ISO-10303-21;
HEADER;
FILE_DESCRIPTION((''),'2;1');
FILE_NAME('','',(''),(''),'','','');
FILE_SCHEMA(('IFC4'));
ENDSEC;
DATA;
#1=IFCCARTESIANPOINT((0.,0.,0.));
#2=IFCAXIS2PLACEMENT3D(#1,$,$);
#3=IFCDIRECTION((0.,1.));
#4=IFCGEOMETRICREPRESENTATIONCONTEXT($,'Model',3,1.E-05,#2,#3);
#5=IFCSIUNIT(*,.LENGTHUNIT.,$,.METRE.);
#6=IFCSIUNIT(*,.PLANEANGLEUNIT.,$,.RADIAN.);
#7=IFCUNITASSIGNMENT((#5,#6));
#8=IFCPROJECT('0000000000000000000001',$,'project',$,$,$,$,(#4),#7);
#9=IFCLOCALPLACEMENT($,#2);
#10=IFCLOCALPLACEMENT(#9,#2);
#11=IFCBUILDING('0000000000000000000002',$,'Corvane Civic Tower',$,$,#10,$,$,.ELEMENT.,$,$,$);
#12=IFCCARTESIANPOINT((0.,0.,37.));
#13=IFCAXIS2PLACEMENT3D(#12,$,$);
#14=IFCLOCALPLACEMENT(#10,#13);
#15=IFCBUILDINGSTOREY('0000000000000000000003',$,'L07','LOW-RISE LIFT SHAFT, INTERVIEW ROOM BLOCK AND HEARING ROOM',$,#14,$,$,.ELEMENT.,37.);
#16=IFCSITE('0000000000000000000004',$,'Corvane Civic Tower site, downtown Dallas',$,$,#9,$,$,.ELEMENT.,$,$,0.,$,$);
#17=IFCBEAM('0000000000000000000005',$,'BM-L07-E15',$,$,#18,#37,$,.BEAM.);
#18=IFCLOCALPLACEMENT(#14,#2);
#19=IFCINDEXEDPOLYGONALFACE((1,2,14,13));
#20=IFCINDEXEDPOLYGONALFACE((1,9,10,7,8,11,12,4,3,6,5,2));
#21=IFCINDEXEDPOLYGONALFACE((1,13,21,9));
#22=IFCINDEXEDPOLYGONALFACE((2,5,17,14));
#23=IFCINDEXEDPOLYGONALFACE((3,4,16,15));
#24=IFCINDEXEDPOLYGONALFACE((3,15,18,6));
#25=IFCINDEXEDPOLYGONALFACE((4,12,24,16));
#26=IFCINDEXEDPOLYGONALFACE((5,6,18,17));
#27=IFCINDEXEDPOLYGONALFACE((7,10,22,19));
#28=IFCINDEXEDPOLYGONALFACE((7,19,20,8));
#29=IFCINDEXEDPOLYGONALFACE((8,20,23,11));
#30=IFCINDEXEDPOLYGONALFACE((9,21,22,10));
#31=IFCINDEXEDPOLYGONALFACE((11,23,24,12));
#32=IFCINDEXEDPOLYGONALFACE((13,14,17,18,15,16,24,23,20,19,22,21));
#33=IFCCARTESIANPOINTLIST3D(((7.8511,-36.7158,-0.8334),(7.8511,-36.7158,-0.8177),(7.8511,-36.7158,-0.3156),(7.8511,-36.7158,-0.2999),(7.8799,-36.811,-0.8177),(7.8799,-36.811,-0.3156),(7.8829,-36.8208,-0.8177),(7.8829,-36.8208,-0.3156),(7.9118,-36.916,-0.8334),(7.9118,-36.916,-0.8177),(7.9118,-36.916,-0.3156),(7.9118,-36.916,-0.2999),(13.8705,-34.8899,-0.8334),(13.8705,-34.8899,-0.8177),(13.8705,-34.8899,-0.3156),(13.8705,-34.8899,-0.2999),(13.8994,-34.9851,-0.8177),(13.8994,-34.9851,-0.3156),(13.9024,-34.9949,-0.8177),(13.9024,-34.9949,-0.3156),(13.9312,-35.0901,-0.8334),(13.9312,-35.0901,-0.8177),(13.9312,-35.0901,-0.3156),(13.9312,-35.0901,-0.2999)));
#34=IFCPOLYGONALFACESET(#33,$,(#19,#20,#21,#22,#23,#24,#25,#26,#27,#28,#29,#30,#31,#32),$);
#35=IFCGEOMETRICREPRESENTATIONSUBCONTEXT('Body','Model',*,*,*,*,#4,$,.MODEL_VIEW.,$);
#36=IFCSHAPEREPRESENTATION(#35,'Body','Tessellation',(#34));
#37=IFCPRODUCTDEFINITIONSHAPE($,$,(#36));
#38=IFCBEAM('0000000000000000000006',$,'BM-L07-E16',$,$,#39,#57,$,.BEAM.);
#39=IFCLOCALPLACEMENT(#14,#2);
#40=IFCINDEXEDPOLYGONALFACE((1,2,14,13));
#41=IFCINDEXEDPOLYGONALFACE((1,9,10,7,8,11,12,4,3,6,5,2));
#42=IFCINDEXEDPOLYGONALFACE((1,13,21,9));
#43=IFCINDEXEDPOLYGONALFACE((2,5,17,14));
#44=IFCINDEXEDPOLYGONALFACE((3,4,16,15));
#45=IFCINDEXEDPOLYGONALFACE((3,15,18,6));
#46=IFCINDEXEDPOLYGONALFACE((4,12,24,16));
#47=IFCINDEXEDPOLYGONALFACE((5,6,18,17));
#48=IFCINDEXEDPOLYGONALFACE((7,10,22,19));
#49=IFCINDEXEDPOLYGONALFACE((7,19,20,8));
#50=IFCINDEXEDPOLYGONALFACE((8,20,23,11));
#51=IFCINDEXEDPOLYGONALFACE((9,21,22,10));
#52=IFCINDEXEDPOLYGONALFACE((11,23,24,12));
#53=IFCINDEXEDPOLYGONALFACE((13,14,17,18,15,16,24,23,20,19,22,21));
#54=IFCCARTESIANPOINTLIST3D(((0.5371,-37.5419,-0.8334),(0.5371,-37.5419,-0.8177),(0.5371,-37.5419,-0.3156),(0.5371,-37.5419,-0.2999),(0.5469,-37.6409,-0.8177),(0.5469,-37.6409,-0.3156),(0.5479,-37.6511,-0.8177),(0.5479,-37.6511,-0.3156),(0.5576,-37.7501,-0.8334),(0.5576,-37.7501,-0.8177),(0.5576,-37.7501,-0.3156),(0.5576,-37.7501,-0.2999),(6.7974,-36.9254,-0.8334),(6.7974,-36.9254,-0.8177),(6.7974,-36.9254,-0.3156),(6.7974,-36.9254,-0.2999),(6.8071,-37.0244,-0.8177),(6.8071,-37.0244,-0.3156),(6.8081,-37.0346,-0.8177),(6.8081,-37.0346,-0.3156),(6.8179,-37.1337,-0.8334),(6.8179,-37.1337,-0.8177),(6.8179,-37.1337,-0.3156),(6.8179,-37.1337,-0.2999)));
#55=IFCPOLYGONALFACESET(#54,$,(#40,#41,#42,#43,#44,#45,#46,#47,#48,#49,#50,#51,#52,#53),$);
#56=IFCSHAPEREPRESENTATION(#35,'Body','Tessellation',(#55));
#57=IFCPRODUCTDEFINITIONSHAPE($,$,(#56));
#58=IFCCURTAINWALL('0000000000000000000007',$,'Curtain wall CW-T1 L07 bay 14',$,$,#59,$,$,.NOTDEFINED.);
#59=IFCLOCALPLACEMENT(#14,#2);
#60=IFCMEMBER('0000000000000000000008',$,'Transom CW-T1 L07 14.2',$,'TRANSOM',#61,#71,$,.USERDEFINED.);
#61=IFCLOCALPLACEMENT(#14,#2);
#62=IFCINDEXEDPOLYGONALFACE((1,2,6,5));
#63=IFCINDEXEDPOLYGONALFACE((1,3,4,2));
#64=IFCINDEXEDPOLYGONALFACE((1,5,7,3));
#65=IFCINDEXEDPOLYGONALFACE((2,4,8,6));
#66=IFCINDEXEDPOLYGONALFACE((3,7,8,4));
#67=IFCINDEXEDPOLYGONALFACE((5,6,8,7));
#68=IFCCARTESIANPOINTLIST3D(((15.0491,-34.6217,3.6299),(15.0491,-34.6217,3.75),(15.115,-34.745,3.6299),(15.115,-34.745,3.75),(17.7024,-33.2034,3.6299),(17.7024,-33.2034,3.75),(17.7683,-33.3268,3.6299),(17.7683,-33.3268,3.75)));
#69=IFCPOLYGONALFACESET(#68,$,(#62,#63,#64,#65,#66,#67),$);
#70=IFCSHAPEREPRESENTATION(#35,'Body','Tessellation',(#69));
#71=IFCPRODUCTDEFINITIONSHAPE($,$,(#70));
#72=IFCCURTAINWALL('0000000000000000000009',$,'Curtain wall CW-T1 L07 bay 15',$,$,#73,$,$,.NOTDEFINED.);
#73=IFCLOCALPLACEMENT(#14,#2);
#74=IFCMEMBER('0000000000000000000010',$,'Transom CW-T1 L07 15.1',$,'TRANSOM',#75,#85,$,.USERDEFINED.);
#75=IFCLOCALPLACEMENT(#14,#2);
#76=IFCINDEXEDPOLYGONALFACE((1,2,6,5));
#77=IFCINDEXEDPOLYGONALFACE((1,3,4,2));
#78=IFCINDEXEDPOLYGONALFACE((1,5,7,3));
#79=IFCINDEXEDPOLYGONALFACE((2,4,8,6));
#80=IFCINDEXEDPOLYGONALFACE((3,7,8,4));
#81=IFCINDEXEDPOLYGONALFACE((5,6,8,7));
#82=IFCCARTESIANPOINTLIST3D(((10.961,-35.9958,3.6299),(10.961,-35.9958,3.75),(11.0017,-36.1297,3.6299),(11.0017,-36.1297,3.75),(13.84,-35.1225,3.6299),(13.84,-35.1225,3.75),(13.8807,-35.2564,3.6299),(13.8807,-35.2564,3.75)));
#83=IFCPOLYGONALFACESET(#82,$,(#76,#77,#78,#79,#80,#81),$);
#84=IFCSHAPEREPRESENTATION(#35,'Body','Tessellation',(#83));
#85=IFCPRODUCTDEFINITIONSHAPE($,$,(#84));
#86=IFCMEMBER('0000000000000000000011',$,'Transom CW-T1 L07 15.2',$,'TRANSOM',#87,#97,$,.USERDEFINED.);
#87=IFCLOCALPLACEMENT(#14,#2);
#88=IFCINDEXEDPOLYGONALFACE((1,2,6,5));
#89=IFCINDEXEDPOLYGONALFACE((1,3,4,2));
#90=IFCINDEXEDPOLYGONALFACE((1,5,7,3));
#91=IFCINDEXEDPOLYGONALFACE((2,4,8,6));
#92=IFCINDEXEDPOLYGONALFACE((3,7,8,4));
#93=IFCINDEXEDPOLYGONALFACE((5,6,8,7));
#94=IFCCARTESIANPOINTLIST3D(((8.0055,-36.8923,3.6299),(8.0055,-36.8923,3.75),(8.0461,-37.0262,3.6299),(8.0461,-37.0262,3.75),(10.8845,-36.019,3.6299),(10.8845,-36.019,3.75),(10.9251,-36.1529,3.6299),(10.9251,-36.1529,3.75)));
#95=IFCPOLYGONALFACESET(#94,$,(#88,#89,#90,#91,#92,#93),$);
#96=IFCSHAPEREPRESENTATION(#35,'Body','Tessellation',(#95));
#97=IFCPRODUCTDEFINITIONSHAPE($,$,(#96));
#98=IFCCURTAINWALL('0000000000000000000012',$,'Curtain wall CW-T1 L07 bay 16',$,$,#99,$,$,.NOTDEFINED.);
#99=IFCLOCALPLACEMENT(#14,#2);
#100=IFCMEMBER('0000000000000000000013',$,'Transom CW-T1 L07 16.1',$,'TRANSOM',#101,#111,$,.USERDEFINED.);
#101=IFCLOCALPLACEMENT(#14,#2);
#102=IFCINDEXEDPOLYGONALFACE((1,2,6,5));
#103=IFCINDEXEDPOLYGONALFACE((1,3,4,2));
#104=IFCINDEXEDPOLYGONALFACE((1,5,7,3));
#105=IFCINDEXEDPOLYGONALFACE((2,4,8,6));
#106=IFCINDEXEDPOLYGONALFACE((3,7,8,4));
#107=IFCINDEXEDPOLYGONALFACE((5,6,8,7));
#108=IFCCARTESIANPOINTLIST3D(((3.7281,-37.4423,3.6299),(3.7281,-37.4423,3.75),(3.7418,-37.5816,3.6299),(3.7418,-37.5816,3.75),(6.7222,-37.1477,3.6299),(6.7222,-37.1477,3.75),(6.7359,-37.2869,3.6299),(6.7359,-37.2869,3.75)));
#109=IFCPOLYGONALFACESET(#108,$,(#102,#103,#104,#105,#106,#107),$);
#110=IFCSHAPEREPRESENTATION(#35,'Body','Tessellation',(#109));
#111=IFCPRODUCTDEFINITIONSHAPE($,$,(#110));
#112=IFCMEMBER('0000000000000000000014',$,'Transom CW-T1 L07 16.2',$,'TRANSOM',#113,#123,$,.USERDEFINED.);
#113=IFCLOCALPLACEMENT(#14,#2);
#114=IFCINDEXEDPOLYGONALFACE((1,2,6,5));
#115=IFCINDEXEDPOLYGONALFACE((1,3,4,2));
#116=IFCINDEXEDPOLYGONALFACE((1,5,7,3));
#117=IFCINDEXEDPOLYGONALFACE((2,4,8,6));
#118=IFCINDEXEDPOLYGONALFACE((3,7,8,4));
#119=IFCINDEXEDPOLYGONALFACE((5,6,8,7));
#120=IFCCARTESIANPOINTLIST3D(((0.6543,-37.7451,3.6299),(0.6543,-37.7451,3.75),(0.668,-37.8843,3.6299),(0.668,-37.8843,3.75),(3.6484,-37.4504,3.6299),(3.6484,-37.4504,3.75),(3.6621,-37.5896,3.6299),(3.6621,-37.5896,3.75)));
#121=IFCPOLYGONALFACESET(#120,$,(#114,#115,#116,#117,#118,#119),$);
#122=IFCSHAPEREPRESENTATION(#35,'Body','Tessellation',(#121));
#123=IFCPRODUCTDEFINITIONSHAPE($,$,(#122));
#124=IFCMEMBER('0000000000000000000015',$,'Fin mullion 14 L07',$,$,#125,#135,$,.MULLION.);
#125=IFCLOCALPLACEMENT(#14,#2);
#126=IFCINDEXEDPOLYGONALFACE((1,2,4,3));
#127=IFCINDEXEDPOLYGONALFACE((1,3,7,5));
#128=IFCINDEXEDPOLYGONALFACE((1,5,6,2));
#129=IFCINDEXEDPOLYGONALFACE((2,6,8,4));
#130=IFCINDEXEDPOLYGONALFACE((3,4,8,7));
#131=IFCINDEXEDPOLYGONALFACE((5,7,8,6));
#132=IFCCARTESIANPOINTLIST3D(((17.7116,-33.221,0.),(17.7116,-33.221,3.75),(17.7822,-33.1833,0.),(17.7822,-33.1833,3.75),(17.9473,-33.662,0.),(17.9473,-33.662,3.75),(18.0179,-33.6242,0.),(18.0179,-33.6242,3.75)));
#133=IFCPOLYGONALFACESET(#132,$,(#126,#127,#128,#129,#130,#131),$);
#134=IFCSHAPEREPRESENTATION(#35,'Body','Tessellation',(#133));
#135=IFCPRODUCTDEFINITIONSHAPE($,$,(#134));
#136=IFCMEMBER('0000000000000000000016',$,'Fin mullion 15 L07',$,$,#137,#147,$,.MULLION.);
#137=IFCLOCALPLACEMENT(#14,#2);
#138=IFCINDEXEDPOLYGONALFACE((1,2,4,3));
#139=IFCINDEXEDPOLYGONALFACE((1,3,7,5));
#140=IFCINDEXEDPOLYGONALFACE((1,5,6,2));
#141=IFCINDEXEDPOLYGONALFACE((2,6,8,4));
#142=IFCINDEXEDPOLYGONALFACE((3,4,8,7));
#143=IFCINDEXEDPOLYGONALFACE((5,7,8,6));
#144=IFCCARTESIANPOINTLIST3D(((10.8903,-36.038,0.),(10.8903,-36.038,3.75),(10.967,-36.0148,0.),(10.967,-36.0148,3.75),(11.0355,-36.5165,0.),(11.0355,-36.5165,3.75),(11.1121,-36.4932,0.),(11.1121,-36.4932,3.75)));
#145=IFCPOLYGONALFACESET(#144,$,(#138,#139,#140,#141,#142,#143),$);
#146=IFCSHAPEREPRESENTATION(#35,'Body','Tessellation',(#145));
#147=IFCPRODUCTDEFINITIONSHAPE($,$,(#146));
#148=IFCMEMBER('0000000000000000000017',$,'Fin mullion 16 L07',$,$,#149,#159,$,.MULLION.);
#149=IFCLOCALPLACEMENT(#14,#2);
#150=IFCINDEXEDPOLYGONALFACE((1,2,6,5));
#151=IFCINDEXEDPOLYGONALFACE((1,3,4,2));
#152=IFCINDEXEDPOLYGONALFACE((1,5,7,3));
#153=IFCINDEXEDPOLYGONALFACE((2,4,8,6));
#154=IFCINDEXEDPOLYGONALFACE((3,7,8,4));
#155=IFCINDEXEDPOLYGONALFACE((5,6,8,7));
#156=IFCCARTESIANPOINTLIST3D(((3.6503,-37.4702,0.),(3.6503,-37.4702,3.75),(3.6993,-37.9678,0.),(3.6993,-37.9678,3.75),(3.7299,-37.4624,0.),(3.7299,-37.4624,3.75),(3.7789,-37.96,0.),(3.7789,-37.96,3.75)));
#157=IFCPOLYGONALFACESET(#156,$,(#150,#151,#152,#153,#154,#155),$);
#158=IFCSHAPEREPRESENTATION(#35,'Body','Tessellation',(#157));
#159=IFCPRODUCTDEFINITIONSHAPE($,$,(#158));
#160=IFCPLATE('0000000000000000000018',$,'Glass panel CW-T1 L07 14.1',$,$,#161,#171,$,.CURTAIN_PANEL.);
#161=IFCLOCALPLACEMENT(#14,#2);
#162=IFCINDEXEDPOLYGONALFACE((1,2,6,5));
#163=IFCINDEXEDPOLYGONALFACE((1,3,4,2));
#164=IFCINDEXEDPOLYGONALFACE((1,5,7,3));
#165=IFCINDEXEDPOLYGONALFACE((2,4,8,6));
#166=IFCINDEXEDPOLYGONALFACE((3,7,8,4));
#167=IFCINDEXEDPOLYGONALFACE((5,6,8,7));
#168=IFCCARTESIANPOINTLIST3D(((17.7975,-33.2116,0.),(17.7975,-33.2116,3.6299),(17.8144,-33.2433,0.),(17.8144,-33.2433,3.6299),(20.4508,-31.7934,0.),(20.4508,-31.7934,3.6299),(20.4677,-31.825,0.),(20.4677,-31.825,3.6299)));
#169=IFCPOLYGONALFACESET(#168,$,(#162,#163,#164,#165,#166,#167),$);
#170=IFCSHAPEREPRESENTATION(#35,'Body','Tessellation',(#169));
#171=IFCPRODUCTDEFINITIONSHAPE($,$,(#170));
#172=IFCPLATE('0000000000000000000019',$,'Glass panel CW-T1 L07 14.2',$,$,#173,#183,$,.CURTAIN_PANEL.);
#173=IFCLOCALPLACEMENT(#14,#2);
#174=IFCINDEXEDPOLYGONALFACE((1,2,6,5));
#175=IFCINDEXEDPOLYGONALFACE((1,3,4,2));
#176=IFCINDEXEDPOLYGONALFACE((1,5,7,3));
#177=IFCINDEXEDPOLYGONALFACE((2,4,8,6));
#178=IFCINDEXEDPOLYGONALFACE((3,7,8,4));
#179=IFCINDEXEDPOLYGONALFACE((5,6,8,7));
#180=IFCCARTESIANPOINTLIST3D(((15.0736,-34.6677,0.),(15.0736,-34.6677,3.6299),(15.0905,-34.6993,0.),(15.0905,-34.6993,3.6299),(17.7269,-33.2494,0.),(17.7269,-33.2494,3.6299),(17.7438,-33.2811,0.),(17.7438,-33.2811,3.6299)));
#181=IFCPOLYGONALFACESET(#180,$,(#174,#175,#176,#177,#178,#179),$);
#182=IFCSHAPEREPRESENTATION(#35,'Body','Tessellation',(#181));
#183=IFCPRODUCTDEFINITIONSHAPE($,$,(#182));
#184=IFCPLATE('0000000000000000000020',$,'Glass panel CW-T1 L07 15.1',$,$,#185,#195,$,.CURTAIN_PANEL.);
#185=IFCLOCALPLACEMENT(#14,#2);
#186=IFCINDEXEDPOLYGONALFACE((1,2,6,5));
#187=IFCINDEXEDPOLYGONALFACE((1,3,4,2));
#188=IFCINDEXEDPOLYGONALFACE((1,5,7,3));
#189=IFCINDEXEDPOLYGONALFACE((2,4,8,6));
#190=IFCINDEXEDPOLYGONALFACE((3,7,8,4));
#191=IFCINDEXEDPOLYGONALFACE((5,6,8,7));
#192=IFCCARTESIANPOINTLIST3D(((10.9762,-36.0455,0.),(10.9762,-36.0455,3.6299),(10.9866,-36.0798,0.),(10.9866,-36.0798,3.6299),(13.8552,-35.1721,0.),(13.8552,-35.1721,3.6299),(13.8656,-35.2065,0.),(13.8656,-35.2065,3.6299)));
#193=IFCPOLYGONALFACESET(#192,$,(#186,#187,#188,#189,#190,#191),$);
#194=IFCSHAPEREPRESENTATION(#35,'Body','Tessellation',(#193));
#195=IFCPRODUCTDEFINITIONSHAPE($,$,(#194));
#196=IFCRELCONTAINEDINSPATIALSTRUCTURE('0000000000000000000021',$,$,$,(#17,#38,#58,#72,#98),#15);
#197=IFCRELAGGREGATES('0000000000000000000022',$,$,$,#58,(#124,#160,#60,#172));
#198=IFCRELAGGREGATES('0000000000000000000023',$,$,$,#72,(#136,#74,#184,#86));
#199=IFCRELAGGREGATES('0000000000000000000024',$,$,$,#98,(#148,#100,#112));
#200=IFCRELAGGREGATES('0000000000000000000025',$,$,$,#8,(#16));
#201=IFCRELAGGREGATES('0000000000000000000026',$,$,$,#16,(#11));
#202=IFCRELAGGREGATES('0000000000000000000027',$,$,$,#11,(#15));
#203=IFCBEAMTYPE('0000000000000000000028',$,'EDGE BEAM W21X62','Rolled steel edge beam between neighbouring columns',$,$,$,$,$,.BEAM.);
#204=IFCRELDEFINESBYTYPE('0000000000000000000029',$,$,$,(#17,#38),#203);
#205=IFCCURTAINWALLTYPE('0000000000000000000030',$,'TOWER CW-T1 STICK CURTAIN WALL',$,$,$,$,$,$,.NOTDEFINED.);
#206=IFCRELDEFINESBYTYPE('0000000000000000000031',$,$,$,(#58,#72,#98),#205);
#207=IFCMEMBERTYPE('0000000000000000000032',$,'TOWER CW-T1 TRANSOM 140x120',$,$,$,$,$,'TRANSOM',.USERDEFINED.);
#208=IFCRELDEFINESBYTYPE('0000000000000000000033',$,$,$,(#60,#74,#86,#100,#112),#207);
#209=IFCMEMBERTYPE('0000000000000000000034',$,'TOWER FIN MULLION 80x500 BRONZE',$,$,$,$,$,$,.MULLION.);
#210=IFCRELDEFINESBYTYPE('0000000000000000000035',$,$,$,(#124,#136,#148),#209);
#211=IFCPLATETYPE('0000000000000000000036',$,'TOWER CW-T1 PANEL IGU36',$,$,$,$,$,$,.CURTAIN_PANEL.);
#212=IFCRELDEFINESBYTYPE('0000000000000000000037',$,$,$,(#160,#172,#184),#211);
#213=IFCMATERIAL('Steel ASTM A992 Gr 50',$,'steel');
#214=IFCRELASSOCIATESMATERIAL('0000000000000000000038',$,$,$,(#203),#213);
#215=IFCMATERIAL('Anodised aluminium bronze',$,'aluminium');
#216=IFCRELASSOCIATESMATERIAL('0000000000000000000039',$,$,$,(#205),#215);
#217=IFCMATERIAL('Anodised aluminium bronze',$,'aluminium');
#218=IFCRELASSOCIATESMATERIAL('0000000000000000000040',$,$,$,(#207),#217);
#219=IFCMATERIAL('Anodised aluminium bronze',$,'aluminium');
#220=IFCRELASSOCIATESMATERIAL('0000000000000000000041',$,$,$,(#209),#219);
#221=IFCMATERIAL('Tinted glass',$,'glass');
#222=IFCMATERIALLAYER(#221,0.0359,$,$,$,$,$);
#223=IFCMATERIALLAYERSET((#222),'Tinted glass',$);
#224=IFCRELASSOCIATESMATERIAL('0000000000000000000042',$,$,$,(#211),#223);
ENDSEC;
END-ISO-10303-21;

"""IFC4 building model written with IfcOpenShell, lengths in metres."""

from ifc_helpers import new_model, si_unit, direction, frame, origin, origin_2d, place, context, subcontext, project, spatial, rectangle, i_section, extrude, material, layer, layer_set, material_profile, profile_set, type_object, element, aggregate, save


model = new_model("IFC4")

# Units and contexts
model_context = context("Model", 3, precision=1e-05, world=origin(), true_north=direction((0.0, 1.0)))
body_context = subcontext(model_context, "Body", "Model", "MODEL_VIEW")
ifc_project = project(units=[si_unit("LENGTHUNIT", "METRE"), si_unit("PLANEANGLEUNIT", "RADIAN")], contexts=[model_context])

# Site, building, storey
site_placement = place(None, origin())
site = spatial("IfcSite", under=ifc_project, at=site_placement, Name="Corvane Civic Tower site, downtown Dallas", CompositionType="ELEMENT", RefElevation=0.0)
building_placement = place(site_placement, origin())
building = spatial("IfcBuilding", under=site, at=building_placement, Name="Corvane Civic Tower", CompositionType="ELEMENT")
storey_placement = place(building_placement, frame((0.0, 0.0, 37.0)))
storey = spatial("IfcBuildingStorey", under=building, at=storey_placement, Name="L07", Description="LOW-RISE LIFT SHAFT, INTERVIEW ROOM BLOCK AND HEARING ROOM", CompositionType="ELEMENT", Elevation=37.0)

# Beams
ifc_material_1 = material(Name="Steel ASTM A992 Gr 50", Category="steel")
ifc_material_profile_1 = material_profile(ifc_material_1, i_section(OverallWidth=0.2092, OverallDepth=0.5334, WebThickness=0.0103, FlangeThickness=0.0156, at=origin_2d()), Name="W21X62")
ifc_profile_set_1 = profile_set([ifc_material_profile_1], Name="Steel ASTM A992 Gr 50")
beam_type = type_object("IfcBeamType", Name="EDGE BEAM W21X62", Description="Rolled steel edge beam between neighbouring columns", PredefinedType="BEAM", material=ifc_profile_set_1)
beam_1_placement = place(storey_placement, frame((13.9009, -34.99, -0.5667), z_axis=(-0.956944, -0.290273, 0.0), x_axis=(0.290273, -0.956944, 0.0)))
element("IfcBeam", 1, at=beam_1_placement, inside=storey, type_object=beam_type, Name="BM-L07-E15", PredefinedType="BEAM", context=body_context, shape_type="SweptSolid", body=[
    extrude(i_section(OverallWidth=0.2092, OverallDepth=0.5334, WebThickness=0.0103, FlangeThickness=0.0156, at=origin_2d()), origin(), (0.0, 0.0, 1.0), 6.2903),
])
beam_2_placement = place(storey_placement, frame((6.8076, -37.0295, -0.5667), z_axis=(-0.995187, -0.097997, 0.0), x_axis=(0.097997, -0.995187, 0.0)))
element("IfcBeam", 2, at=beam_2_placement, inside=storey, type_object=beam_type, Name="BM-L07-E16", PredefinedType="BEAM", context=body_context, shape_type="SweptSolid", body=[
    extrude(i_section(OverallWidth=0.2092, OverallDepth=0.5334, WebThickness=0.0103, FlangeThickness=0.0156, at=origin_2d()), origin(), (0.0, 0.0, 1.0), 6.2905),
])

# Curtain wall, member
ifc_material_2 = material(Name="Anodised aluminium bronze", Category="aluminium")
curtain_wall_type = type_object("IfcCurtainWallType", Name="TOWER CW-T1 STICK CURTAIN WALL", PredefinedType="NOTDEFINED", material=ifc_material_2)
curtain_wall_1_placement = place(storey_placement, origin())
curtain_wall_1 = element("IfcCurtainWall", 3, at=curtain_wall_1_placement, inside=storey, type_object=curtain_wall_type, Name="Curtain wall CW-T1 L07 bay 14", PredefinedType="NOTDEFINED")
ifc_material_3 = material(Name="Anodised aluminium bronze", Category="aluminium")
ifc_material_profile_2 = material_profile(ifc_material_3, rectangle(XDim=0.1399, YDim=0.1201, at=origin_2d()), Name="TOWER CW-T1 TRANSOM 140x120")
ifc_profile_set_2 = profile_set([ifc_material_profile_2], Name="Anodised aluminium bronze")
member_type_1 = type_object("IfcMemberType", Name="TOWER CW-T1 TRANSOM 140x120", ElementType="TRANSOM", PredefinedType="USERDEFINED", material=ifc_profile_set_2)
member_1_placement = place(storey_placement, frame((17.7354, -33.2651, 3.6899), z_axis=(-0.881924, -0.471393, 0.0), x_axis=(0.471393, -0.881924, 0.0)))
member_1 = element("IfcMember", 4, at=member_1_placement, type_object=member_type_1, Name="Transom CW-T1 L07 14.2", ObjectType="TRANSOM", PredefinedType="USERDEFINED", context=body_context, shape_type="SweptSolid", body=[
    extrude(rectangle(XDim=0.1399, YDim=0.1201, at=origin_2d()), origin(), (0.0, 0.0, 1.0), 3.0085),
])

# Curtain walls, members
curtain_wall_2_placement = place(storey_placement, origin())
curtain_wall_2 = element("IfcCurtainWall", 5, at=curtain_wall_2_placement, inside=storey, type_object=curtain_wall_type, Name="Curtain wall CW-T1 L07 bay 15", PredefinedType="NOTDEFINED")
member_2_placement = place(storey_placement, frame((13.8604, -35.1895, 3.6899), z_axis=(-0.956942, -0.29028, 0.0), x_axis=(0.29028, -0.956942, 0.0)))
member_2 = element("IfcMember", 6, at=member_2_placement, type_object=member_type_1, Name="Transom CW-T1 L07 15.1", ObjectType="TRANSOM", PredefinedType="USERDEFINED", context=body_context, shape_type="SweptSolid", body=[
    extrude(rectangle(XDim=0.1399, YDim=0.1201, at=origin_2d()), origin(), (0.0, 0.0, 1.0), 3.0085),
])
member_3_placement = place(storey_placement, frame((10.9048, -36.0859, 3.6899), z_axis=(-0.956942, -0.29028, 0.0), x_axis=(0.29028, -0.956942, 0.0)))
member_3 = element("IfcMember", 7, at=member_3_placement, type_object=member_type_1, Name="Transom CW-T1 L07 15.2", ObjectType="TRANSOM", PredefinedType="USERDEFINED", context=body_context, shape_type="SweptSolid", body=[
    extrude(rectangle(XDim=0.1399, YDim=0.1201, at=origin_2d()), origin(), (0.0, 0.0, 1.0), 3.0085),
])
curtain_wall_3_placement = place(storey_placement, origin())
curtain_wall_3 = element("IfcCurtainWall", 8, at=curtain_wall_3_placement, inside=storey, type_object=curtain_wall_type, Name="Curtain wall CW-T1 L07 bay 16", PredefinedType="NOTDEFINED")
member_4_placement = place(storey_placement, frame((6.729, -37.2173, 3.6899), z_axis=(-0.995192, -0.097945, 0.0), x_axis=(0.097945, -0.995192, 0.0)))
member_4 = element("IfcMember", 9, at=member_4_placement, type_object=member_type_1, Name="Transom CW-T1 L07 16.1", ObjectType="TRANSOM", PredefinedType="USERDEFINED", context=body_context, shape_type="SweptSolid", body=[
    extrude(rectangle(XDim=0.1399, YDim=0.1201, at=origin_2d()), origin(), (0.0, 0.0, 1.0), 3.0085),
])
member_5_placement = place(storey_placement, frame((3.6553, -37.52, 3.6899), z_axis=(-0.995192, -0.097945, 0.0), x_axis=(0.097945, -0.995192, 0.0)))
member_5 = element("IfcMember", 10, at=member_5_placement, type_object=member_type_1, Name="Transom CW-T1 L07 16.2", ObjectType="TRANSOM", PredefinedType="USERDEFINED", context=body_context, shape_type="SweptSolid", body=[
    extrude(rectangle(XDim=0.1399, YDim=0.1201, at=origin_2d()), origin(), (0.0, 0.0, 1.0), 3.0085),
])

# Members
ifc_material_4 = material(Name="Anodised aluminium bronze", Category="aluminium")
ifc_material_profile_3 = material_profile(ifc_material_4, rectangle(XDim=0.0801, YDim=0.5, at=origin_2d()), Name="TOWER FIN MULLION 80x500 BRONZE")
ifc_profile_set_3 = profile_set([ifc_material_profile_3], Name="Anodised aluminium bronze")
member_type_2 = type_object("IfcMemberType", Name="TOWER FIN MULLION 80x500 BRONZE", PredefinedType="MULLION", material=ifc_profile_set_3)
member_6_placement = place(storey_placement, frame((17.8647, -33.4226, 0.0), z_axis=(0.0, 0.0, 1.0), x_axis=(-0.881918, -0.471404, 0.0)))
member_6 = element("IfcMember", 11, at=member_6_placement, type_object=member_type_2, Name="Fin mullion 14 L07", PredefinedType="MULLION", context=body_context, shape_type="SweptSolid", body=[
    extrude(rectangle(XDim=0.0801, YDim=0.5, at=origin_2d()), origin(), (0.0, 0.0, 1.0), 3.75),
])
member_7_placement = place(storey_placement, frame((11.0012, -36.2656, 0.0), z_axis=(0.0, 0.0, 1.0), x_axis=(-0.956942, -0.290278, 0.0)))
member_7 = element("IfcMember", 12, at=member_7_placement, type_object=member_type_2, Name="Fin mullion 15 L07", PredefinedType="MULLION", context=body_context, shape_type="SweptSolid", body=[
    extrude(rectangle(XDim=0.0801, YDim=0.5, at=origin_2d()), origin(), (0.0, 0.0, 1.0), 3.75),
])
member_8_placement = place(storey_placement, frame((3.7146, -37.7151, 0.0), z_axis=(0.0, 0.0, 1.0), x_axis=(-0.995186, -0.098006, 0.0)))
member_8 = element("IfcMember", 13, at=member_8_placement, type_object=member_type_2, Name="Fin mullion 16 L07", PredefinedType="MULLION", context=body_context, shape_type="SweptSolid", body=[
    extrude(rectangle(XDim=0.0801, YDim=0.5, at=origin_2d()), origin(), (0.0, 0.0, 1.0), 3.75),
])

# Plates
ifc_material_5 = material(Name="Tinted glass", Category="glass")
ifc_layer_1 = layer(ifc_material_5, 0.0359)
ifc_layer_set_1 = layer_set([ifc_layer_1], Name="Tinted glass")
plate_type = type_object("IfcPlateType", Name="TOWER CW-T1 PANEL IGU36", PredefinedType="CURTAIN_PANEL", material=ifc_layer_set_1)
plate_1_placement = place(storey_placement, frame((19.1326, -32.5183, 0.0), z_axis=(0.0, 0.0, 1.0), x_axis=(-0.881918, -0.471404, 0.0)))
plate_1 = element("IfcPlate", 14, at=plate_1_placement, type_object=plate_type, Name="Glass panel CW-T1 L07 14.1", PredefinedType="CURTAIN_PANEL", context=body_context, shape_type="SweptSolid", body=[
    extrude(rectangle(XDim=3.0085, YDim=0.0359, at=origin_2d()), origin(), (0.0, 0.0, 1.0), 3.6299),
])
plate_2_placement = place(storey_placement, frame((16.4087, -33.9744, 0.0), z_axis=(0.0, 0.0, 1.0), x_axis=(-0.881918, -0.471404, 0.0)))
plate_2 = element("IfcPlate", 15, at=plate_2_placement, type_object=plate_type, Name="Glass panel CW-T1 L07 14.2", PredefinedType="CURTAIN_PANEL", context=body_context, shape_type="SweptSolid", body=[
    extrude(rectangle(XDim=3.0085, YDim=0.0359, at=origin_2d()), origin(), (0.0, 0.0, 1.0), 3.6299),
])
aggregate(curtain_wall_1, [member_6, plate_1, member_1, plate_2])
plate_3_placement = place(storey_placement, frame((12.4209, -35.626, 0.0), z_axis=(0.0, 0.0, 1.0), x_axis=(-0.956942, -0.290278, 0.0)))
plate_3 = element("IfcPlate", 16, at=plate_3_placement, type_object=plate_type, Name="Glass panel CW-T1 L07 15.1", PredefinedType="CURTAIN_PANEL", context=body_context, shape_type="SweptSolid", body=[
    extrude(rectangle(XDim=3.0085, YDim=0.0359, at=origin_2d()), origin(), (0.0, 0.0, 1.0), 3.6299),
])
aggregate(curtain_wall_2, [member_7, member_2, plate_3, member_3])
aggregate(curtain_wall_3, [member_8, member_4, member_5])

save(model, "model.ifc")
